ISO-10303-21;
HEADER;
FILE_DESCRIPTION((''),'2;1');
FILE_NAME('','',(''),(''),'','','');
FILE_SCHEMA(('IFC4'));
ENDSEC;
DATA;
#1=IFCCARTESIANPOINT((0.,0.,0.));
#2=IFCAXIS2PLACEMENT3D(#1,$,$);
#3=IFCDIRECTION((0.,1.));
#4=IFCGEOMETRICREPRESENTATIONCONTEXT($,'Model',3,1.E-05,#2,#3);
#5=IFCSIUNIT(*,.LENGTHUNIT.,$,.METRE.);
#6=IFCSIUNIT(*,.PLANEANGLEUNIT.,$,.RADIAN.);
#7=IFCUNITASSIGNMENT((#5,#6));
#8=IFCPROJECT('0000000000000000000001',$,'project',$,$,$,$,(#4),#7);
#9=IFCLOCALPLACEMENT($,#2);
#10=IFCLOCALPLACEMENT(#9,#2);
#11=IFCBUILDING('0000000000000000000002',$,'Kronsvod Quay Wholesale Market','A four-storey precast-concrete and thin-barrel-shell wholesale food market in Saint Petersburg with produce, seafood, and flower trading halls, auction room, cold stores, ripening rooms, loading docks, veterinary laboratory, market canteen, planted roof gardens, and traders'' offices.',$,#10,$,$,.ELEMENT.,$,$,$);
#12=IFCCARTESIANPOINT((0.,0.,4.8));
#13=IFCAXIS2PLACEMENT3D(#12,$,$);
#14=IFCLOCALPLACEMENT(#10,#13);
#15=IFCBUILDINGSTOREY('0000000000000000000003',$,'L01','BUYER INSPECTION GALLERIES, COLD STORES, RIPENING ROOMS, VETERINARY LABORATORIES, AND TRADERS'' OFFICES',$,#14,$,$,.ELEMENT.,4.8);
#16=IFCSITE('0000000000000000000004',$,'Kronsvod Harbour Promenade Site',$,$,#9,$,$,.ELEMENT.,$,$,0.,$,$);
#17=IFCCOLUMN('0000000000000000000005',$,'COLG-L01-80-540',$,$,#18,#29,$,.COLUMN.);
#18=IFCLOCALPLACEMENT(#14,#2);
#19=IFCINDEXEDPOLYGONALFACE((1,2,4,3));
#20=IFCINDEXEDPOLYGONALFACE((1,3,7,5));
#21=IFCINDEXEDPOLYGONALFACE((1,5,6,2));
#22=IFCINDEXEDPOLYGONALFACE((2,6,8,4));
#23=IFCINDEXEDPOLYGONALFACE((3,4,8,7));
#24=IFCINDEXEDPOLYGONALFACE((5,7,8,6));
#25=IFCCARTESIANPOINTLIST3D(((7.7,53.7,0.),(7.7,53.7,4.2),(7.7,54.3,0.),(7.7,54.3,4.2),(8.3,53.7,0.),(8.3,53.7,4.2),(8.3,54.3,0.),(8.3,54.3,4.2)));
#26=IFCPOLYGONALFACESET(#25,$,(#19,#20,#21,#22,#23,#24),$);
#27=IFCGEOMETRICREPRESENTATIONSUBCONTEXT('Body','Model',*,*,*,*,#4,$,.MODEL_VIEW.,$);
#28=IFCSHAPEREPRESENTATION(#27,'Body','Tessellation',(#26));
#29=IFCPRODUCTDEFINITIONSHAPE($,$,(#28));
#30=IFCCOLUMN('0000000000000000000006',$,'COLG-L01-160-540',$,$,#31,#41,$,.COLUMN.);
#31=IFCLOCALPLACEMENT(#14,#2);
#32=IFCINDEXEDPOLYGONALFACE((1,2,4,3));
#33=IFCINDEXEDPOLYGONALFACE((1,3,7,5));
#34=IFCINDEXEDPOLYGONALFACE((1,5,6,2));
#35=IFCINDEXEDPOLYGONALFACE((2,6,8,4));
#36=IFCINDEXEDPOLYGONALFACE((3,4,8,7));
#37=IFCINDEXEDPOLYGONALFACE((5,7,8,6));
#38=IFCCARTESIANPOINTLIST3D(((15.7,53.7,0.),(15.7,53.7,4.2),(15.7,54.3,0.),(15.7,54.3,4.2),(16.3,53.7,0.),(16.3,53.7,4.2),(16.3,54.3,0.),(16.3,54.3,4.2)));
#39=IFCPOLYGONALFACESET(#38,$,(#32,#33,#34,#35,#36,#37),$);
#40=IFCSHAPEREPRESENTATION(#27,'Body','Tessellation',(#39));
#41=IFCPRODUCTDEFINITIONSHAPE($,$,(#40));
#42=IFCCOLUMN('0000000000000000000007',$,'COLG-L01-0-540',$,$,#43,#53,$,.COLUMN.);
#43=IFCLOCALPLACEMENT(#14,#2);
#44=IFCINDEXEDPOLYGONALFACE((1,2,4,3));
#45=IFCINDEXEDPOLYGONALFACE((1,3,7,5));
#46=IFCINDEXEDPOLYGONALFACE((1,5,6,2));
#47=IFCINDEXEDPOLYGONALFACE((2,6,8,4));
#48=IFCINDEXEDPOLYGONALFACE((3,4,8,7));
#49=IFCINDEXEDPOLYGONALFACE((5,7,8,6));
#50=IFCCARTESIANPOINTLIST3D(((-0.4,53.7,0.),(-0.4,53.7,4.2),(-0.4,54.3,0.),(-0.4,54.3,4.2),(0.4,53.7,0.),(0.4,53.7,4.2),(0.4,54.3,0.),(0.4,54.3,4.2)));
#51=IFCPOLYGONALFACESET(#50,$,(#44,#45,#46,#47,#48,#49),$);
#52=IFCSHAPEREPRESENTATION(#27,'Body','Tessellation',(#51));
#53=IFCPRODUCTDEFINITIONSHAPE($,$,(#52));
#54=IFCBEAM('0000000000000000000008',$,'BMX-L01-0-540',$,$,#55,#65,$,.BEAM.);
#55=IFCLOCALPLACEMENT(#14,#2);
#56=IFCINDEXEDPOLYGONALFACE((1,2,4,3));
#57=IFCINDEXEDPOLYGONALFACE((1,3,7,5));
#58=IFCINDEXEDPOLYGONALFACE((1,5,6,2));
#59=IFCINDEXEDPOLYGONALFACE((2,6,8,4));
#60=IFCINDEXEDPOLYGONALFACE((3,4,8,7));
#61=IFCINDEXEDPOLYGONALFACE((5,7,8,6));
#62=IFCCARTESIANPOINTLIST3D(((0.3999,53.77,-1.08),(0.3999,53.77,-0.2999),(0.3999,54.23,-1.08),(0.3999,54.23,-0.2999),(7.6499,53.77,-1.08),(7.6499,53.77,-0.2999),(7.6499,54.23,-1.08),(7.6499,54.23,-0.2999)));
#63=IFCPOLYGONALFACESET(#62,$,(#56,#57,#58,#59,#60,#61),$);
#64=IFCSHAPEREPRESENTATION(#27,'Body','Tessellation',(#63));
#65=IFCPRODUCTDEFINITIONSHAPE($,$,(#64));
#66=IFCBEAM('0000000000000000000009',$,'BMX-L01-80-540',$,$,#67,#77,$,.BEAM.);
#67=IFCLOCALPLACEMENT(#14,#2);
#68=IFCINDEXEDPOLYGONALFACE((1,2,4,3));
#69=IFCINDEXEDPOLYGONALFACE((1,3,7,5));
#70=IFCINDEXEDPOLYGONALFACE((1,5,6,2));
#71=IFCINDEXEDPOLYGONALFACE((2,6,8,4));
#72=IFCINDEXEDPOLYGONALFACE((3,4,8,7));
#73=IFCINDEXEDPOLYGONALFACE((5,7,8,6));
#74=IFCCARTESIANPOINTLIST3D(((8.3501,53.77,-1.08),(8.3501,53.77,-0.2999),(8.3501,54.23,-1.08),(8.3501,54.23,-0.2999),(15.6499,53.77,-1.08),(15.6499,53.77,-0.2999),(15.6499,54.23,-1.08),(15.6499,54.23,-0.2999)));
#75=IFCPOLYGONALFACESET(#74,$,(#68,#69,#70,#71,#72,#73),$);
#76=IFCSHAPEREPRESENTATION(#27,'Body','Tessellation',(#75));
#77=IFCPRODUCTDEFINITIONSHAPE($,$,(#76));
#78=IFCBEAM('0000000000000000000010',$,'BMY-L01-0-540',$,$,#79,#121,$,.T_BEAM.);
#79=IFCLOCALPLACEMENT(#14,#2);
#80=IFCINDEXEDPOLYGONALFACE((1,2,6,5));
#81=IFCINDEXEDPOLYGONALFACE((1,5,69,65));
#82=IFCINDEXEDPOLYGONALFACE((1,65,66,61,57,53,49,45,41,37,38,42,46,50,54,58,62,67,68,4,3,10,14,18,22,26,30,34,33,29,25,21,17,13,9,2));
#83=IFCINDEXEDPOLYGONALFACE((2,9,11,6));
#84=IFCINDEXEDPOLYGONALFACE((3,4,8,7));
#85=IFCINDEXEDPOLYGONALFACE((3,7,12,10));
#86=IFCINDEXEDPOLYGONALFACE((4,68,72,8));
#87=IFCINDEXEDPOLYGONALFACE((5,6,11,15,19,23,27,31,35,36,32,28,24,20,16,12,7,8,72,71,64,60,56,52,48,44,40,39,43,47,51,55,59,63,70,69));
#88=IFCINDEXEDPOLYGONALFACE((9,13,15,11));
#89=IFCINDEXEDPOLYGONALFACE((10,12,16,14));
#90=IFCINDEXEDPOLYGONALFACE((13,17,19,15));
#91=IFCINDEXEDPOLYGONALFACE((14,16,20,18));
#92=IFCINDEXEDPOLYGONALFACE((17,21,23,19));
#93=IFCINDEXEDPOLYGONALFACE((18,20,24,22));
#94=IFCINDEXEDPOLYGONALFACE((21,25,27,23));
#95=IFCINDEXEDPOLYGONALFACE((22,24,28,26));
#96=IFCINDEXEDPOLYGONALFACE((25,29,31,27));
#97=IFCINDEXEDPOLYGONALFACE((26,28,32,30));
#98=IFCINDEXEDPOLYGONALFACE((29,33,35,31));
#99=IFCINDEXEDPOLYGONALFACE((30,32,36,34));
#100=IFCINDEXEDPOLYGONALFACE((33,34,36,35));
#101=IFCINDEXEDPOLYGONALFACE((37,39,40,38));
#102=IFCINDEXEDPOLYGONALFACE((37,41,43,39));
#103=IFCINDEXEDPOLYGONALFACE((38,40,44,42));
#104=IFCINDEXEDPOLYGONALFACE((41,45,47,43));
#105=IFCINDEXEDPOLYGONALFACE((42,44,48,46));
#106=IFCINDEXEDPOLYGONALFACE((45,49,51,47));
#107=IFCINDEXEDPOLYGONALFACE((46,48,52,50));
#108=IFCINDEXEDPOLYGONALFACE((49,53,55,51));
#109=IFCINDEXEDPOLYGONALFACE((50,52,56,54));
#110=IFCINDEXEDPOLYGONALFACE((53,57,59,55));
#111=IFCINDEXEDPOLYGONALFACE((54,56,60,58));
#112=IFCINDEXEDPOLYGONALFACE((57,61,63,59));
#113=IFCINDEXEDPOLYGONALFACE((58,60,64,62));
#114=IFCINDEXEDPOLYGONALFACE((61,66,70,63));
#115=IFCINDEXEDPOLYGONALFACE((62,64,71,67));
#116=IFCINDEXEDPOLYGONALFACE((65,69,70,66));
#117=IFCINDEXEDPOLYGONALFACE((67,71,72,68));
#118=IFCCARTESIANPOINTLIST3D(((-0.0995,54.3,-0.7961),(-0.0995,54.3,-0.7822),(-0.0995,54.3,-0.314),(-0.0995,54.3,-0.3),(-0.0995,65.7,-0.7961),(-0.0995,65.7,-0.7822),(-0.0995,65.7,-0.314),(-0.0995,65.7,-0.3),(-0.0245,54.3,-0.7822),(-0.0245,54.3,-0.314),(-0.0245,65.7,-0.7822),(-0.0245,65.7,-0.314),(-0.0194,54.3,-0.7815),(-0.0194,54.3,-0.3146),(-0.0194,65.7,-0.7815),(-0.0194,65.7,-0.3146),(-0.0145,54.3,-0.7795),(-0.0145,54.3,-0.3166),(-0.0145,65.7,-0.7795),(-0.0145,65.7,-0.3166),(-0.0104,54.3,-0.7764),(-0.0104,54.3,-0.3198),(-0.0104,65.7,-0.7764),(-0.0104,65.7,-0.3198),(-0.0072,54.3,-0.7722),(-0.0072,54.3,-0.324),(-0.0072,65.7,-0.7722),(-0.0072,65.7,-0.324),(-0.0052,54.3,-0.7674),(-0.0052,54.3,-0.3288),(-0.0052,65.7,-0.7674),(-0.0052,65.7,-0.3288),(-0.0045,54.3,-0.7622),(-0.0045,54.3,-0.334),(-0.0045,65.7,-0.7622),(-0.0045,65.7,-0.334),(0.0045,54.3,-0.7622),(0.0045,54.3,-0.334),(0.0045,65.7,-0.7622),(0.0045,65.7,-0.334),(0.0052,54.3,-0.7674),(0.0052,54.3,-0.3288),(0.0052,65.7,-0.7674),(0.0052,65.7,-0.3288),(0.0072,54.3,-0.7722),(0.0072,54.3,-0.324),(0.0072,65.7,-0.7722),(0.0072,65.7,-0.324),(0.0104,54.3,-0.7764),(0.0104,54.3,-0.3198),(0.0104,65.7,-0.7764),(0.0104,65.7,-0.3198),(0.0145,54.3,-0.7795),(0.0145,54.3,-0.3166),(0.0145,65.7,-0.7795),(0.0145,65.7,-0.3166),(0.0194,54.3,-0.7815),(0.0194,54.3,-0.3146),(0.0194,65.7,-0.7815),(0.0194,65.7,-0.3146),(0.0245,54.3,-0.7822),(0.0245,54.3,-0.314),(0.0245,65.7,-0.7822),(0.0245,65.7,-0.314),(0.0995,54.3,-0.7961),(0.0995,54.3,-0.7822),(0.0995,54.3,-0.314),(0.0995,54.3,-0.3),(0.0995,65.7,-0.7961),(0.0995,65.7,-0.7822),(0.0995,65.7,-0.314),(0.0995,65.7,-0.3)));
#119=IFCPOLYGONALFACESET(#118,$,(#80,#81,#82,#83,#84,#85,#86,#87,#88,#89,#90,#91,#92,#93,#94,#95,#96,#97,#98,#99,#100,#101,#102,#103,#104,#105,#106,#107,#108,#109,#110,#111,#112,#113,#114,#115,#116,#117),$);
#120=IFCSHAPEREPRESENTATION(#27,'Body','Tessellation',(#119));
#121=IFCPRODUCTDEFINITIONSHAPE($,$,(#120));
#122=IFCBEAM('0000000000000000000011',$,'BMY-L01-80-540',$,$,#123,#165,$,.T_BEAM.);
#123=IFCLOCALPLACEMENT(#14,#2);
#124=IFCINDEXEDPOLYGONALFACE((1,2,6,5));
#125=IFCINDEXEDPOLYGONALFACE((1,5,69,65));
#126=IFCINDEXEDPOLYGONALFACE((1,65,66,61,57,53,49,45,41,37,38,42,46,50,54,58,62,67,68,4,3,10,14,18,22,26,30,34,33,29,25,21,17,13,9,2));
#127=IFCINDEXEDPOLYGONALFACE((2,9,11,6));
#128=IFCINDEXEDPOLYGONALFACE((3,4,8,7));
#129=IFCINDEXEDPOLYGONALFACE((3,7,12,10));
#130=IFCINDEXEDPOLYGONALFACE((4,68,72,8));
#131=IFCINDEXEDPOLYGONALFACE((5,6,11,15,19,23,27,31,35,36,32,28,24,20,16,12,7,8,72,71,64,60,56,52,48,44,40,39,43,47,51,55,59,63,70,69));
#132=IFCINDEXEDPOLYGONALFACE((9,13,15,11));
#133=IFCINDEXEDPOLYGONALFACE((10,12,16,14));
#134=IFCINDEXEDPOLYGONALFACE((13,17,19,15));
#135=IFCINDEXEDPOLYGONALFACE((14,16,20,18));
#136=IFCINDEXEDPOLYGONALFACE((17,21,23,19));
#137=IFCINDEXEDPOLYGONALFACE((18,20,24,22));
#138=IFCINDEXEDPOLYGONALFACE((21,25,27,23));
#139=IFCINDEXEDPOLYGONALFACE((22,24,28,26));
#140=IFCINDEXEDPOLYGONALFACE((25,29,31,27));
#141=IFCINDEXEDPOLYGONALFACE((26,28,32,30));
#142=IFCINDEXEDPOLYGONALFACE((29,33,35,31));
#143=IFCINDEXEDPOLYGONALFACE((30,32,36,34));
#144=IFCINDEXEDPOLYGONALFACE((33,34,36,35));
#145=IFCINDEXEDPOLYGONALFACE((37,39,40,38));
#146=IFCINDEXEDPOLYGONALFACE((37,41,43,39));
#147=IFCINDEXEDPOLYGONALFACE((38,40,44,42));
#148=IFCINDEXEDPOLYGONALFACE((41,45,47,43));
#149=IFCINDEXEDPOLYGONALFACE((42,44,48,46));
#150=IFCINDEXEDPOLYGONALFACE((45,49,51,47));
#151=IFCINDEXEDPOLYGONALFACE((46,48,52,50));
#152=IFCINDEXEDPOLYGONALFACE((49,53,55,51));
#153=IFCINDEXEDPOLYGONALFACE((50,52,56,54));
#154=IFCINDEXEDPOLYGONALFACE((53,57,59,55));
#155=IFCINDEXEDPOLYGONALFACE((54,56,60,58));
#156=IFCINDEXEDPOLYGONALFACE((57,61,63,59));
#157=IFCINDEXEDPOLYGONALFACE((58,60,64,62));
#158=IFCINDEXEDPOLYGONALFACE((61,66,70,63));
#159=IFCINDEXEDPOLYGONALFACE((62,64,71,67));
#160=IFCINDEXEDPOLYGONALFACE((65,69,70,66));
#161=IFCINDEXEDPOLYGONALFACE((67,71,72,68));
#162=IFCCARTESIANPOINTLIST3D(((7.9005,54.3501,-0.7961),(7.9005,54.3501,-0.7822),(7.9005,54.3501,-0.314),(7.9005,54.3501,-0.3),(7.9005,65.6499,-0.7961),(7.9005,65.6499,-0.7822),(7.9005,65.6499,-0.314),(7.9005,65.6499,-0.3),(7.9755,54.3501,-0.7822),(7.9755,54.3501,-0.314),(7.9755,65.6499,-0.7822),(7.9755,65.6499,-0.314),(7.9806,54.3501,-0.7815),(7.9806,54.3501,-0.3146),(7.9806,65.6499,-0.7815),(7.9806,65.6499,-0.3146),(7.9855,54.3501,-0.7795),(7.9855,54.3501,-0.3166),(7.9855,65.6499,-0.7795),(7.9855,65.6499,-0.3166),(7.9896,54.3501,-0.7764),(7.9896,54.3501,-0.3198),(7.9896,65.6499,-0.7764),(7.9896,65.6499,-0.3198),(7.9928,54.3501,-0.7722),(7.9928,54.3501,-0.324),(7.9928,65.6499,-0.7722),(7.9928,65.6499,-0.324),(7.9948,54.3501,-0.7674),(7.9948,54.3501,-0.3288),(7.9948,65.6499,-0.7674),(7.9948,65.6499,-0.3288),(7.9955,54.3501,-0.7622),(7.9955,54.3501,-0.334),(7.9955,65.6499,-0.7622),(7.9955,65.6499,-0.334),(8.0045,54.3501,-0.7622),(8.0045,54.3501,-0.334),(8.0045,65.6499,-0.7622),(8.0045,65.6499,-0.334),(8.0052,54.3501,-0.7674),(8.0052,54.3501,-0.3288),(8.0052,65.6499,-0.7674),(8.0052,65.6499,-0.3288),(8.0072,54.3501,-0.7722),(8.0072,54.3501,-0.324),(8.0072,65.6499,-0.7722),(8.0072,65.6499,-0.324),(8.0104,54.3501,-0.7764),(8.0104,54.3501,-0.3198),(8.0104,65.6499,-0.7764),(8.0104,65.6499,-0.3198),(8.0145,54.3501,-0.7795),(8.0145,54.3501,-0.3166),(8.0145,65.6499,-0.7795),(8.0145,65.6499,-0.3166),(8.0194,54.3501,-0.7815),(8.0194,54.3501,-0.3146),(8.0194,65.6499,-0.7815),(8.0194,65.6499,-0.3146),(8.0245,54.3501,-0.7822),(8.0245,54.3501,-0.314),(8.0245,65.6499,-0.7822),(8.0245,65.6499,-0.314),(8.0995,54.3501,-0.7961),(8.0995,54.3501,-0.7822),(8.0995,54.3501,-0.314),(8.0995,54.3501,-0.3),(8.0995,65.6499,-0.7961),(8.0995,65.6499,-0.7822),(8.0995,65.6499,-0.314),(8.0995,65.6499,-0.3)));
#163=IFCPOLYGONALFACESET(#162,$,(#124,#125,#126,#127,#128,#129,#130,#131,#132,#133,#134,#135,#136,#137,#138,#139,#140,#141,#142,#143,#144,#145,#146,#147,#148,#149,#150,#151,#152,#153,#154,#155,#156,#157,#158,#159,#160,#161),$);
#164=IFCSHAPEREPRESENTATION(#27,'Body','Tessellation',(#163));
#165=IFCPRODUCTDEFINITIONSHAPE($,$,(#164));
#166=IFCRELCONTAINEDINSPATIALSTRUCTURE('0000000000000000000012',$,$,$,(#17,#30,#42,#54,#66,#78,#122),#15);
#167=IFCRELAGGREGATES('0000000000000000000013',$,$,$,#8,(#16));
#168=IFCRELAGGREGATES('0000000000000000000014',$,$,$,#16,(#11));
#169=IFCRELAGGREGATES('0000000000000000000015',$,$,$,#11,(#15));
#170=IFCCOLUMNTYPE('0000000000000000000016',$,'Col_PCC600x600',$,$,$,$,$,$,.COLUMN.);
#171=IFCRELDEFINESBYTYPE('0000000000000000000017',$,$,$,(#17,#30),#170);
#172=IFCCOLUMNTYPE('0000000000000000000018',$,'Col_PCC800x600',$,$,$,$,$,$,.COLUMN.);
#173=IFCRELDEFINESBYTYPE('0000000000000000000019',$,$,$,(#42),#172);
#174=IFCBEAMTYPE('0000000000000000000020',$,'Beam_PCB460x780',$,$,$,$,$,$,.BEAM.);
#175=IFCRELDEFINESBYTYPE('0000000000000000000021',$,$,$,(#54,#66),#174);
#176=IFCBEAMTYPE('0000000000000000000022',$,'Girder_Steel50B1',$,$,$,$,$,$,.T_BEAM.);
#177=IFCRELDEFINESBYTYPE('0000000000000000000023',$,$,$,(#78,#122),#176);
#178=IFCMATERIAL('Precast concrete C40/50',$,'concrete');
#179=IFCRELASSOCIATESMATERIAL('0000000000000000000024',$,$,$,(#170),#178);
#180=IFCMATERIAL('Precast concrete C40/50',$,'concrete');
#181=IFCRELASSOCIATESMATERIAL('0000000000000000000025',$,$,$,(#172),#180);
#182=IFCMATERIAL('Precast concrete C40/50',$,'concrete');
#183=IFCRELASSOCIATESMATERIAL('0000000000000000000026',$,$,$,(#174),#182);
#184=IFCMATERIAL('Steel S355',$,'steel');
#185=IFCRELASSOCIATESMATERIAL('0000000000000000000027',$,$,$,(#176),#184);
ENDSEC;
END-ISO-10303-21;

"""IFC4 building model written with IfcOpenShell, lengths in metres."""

from ifc_helpers import new_model, si_unit, direction, frame, origin, origin_2d, place, context, subcontext, project, spatial, rectangle, i_section, extrude, material, material_profile, profile_set, type_object, element, save


model = new_model("IFC4")

# Units and contexts
model_context = context("Model", 3, precision=1e-05, world=origin(), true_north=direction((0.0, 1.0)))
body_context = subcontext(model_context, "Body", "Model", "MODEL_VIEW")
ifc_project = project(units=[si_unit("LENGTHUNIT", "METRE"), si_unit("PLANEANGLEUNIT", "RADIAN")], contexts=[model_context])

# Site, building, storey
site_placement = place(None, origin())
site = spatial("IfcSite", under=ifc_project, at=site_placement, Name="Kronsvod Harbour Promenade Site", CompositionType="ELEMENT", RefElevation=0.0)
building_placement = place(site_placement, origin())
building = spatial("IfcBuilding", under=site, at=building_placement, Name="Kronsvod Quay Wholesale Market", Description="A four-storey precast-concrete and thin-barrel-shell wholesale food market in Saint Petersburg with produce, seafood, and flower trading halls, auction room, cold stores, ripening rooms, loading docks, veterinary laboratory, market canteen, planted roof gardens, and traders' offices.", CompositionType="ELEMENT")
storey_placement = place(building_placement, frame((0.0, 0.0, 4.8)))
storey = spatial("IfcBuildingStorey", under=building, at=storey_placement, Name="L01", Description="BUYER INSPECTION GALLERIES, COLD STORES, RIPENING ROOMS, VETERINARY LABORATORIES, AND TRADERS' OFFICES", CompositionType="ELEMENT", Elevation=4.8)

# Columns
ifc_material_1 = material(Name="Precast concrete C40/50", Category="concrete")
ifc_material_profile_1 = material_profile(ifc_material_1, rectangle(XDim=0.6001, YDim=0.6001, at=origin_2d()), Name="PCC600x600")
ifc_profile_set_1 = profile_set([ifc_material_profile_1], Name="Precast concrete C40/50")
column_type_1 = type_object("IfcColumnType", Name="Col_PCC600x600", PredefinedType="COLUMN", material=ifc_profile_set_1)
for number, where, z_axis, x_axis, name in (
    (1, (8.0, 54.0, 0.0), (0.0, 0.0, 1.0), (1.0, 0.0, 0.0), "COLG-L01-80-540"),
    (2, (16.0, 54.0, 0.0), (0.0, 0.0, 1.0), (1.0, 0.0, 0.0), "COLG-L01-160-540"),
):
    element("IfcColumn", number, at=place(storey_placement, frame(where, z_axis=z_axis, x_axis=x_axis)), inside=storey, type_object=column_type_1, Name=name, PredefinedType="COLUMN", context=body_context, shape_type="SweptSolid", body=[
        extrude(rectangle(XDim=0.6001, YDim=0.6001, at=origin_2d()), origin(), (0.0, 0.0, 1.0), 4.2),
    ])
ifc_material_2 = material(Name="Precast concrete C40/50", Category="concrete")
ifc_material_profile_2 = material_profile(ifc_material_2, rectangle(XDim=0.8, YDim=0.6001, at=origin_2d()), Name="PCC800x600")
ifc_profile_set_2 = profile_set([ifc_material_profile_2], Name="Precast concrete C40/50")
column_type_2 = type_object("IfcColumnType", Name="Col_PCC800x600", PredefinedType="COLUMN", material=ifc_profile_set_2)
column_placement = place(storey_placement, frame((0.0, 54.0, 0.0), z_axis=(0.0, 0.0, 1.0), x_axis=(1.0, 0.0, 0.0)))
element("IfcColumn", 3, at=column_placement, inside=storey, type_object=column_type_2, Name="COLG-L01-0-540", PredefinedType="COLUMN", context=body_context, shape_type="SweptSolid", body=[
    extrude(rectangle(XDim=0.8, YDim=0.6001, at=origin_2d()), origin(), (0.0, 0.0, 1.0), 4.2),
])

# Beams
ifc_material_3 = material(Name="Precast concrete C40/50", Category="concrete")
ifc_material_profile_3 = material_profile(ifc_material_3, rectangle(XDim=0.46, YDim=0.78, at=origin_2d()), Name="PB-03")
ifc_profile_set_3 = profile_set([ifc_material_profile_3], Name="Precast concrete C40/50")
beam_type_1 = type_object("IfcBeamType", Name="Beam_PCB460x780", PredefinedType="BEAM", material=ifc_profile_set_3)
beam_1_placement = place(storey_placement, frame((0.3999, 54.0, -0.6899), z_axis=(1.0, 0.0, 0.0), x_axis=(0.0, 1.0, 0.0)))
element("IfcBeam", 4, at=beam_1_placement, inside=storey, type_object=beam_type_1, Name="BMX-L01-0-540", PredefinedType="BEAM", context=body_context, shape_type="SweptSolid", body=[
    extrude(rectangle(XDim=0.46, YDim=0.78, at=origin_2d()), origin(), (0.0, 0.0, 1.0), 7.25),
])
beam_2_placement = place(storey_placement, frame((8.3501, 54.0, -0.6899), z_axis=(1.0, 0.0, 0.0), x_axis=(0.0, 1.0, 0.0)))
element("IfcBeam", 5, at=beam_2_placement, inside=storey, type_object=beam_type_1, Name="BMX-L01-80-540", PredefinedType="BEAM", context=body_context, shape_type="SweptSolid", body=[
    extrude(rectangle(XDim=0.46, YDim=0.78, at=origin_2d()), origin(), (0.0, 0.0, 1.0), 7.2998),
])
ifc_material_4 = material(Name="Steel S355", Category="steel")
ifc_material_profile_4 = material_profile(ifc_material_4, i_section(OverallWidth=0.199, OverallDepth=0.4961, WebThickness=0.009, FlangeThickness=0.0139, FilletRadius=0.02, at=origin_2d()), Name="50B1")
ifc_profile_set_4 = profile_set([ifc_material_profile_4], Name="Steel S355")
beam_type_2 = type_object("IfcBeamType", Name="Girder_Steel50B1", PredefinedType="T_BEAM", material=ifc_profile_set_4)
beam_3_placement = place(storey_placement, frame((0.0, 54.3, -0.5481), z_axis=(0.0, 1.0, 0.0), x_axis=(-1.0, 0.0, 0.0)))
element("IfcBeam", 6, at=beam_3_placement, inside=storey, type_object=beam_type_2, Name="BMY-L01-0-540", PredefinedType="T_BEAM", context=body_context, shape_type="SweptSolid", body=[
    extrude(i_section(OverallWidth=0.199, OverallDepth=0.4961, WebThickness=0.009, FlangeThickness=0.0139, FilletRadius=0.02, at=origin_2d()), origin(), (0.0, 0.0, 1.0), 11.3999),
])
for number, where, z_axis, x_axis, name in (
    (7, (8.0, 54.3501, -0.5481), (0.0, 1.0, 0.0), (-1.0, 0.0, 0.0), "BMY-L01-80-540"),
):
    element("IfcBeam", number, at=place(storey_placement, frame(where, z_axis=z_axis, x_axis=x_axis)), inside=storey, type_object=beam_type_2, Name=name, PredefinedType="T_BEAM", context=body_context, shape_type="SweptSolid", body=[
        extrude(i_section(OverallWidth=0.199, OverallDepth=0.4961, WebThickness=0.009, FlangeThickness=0.0139, FilletRadius=0.02, at=origin_2d()), origin(), (0.0, 0.0, 1.0), 11.2998),
    ])

save(model, "model.ifc")
